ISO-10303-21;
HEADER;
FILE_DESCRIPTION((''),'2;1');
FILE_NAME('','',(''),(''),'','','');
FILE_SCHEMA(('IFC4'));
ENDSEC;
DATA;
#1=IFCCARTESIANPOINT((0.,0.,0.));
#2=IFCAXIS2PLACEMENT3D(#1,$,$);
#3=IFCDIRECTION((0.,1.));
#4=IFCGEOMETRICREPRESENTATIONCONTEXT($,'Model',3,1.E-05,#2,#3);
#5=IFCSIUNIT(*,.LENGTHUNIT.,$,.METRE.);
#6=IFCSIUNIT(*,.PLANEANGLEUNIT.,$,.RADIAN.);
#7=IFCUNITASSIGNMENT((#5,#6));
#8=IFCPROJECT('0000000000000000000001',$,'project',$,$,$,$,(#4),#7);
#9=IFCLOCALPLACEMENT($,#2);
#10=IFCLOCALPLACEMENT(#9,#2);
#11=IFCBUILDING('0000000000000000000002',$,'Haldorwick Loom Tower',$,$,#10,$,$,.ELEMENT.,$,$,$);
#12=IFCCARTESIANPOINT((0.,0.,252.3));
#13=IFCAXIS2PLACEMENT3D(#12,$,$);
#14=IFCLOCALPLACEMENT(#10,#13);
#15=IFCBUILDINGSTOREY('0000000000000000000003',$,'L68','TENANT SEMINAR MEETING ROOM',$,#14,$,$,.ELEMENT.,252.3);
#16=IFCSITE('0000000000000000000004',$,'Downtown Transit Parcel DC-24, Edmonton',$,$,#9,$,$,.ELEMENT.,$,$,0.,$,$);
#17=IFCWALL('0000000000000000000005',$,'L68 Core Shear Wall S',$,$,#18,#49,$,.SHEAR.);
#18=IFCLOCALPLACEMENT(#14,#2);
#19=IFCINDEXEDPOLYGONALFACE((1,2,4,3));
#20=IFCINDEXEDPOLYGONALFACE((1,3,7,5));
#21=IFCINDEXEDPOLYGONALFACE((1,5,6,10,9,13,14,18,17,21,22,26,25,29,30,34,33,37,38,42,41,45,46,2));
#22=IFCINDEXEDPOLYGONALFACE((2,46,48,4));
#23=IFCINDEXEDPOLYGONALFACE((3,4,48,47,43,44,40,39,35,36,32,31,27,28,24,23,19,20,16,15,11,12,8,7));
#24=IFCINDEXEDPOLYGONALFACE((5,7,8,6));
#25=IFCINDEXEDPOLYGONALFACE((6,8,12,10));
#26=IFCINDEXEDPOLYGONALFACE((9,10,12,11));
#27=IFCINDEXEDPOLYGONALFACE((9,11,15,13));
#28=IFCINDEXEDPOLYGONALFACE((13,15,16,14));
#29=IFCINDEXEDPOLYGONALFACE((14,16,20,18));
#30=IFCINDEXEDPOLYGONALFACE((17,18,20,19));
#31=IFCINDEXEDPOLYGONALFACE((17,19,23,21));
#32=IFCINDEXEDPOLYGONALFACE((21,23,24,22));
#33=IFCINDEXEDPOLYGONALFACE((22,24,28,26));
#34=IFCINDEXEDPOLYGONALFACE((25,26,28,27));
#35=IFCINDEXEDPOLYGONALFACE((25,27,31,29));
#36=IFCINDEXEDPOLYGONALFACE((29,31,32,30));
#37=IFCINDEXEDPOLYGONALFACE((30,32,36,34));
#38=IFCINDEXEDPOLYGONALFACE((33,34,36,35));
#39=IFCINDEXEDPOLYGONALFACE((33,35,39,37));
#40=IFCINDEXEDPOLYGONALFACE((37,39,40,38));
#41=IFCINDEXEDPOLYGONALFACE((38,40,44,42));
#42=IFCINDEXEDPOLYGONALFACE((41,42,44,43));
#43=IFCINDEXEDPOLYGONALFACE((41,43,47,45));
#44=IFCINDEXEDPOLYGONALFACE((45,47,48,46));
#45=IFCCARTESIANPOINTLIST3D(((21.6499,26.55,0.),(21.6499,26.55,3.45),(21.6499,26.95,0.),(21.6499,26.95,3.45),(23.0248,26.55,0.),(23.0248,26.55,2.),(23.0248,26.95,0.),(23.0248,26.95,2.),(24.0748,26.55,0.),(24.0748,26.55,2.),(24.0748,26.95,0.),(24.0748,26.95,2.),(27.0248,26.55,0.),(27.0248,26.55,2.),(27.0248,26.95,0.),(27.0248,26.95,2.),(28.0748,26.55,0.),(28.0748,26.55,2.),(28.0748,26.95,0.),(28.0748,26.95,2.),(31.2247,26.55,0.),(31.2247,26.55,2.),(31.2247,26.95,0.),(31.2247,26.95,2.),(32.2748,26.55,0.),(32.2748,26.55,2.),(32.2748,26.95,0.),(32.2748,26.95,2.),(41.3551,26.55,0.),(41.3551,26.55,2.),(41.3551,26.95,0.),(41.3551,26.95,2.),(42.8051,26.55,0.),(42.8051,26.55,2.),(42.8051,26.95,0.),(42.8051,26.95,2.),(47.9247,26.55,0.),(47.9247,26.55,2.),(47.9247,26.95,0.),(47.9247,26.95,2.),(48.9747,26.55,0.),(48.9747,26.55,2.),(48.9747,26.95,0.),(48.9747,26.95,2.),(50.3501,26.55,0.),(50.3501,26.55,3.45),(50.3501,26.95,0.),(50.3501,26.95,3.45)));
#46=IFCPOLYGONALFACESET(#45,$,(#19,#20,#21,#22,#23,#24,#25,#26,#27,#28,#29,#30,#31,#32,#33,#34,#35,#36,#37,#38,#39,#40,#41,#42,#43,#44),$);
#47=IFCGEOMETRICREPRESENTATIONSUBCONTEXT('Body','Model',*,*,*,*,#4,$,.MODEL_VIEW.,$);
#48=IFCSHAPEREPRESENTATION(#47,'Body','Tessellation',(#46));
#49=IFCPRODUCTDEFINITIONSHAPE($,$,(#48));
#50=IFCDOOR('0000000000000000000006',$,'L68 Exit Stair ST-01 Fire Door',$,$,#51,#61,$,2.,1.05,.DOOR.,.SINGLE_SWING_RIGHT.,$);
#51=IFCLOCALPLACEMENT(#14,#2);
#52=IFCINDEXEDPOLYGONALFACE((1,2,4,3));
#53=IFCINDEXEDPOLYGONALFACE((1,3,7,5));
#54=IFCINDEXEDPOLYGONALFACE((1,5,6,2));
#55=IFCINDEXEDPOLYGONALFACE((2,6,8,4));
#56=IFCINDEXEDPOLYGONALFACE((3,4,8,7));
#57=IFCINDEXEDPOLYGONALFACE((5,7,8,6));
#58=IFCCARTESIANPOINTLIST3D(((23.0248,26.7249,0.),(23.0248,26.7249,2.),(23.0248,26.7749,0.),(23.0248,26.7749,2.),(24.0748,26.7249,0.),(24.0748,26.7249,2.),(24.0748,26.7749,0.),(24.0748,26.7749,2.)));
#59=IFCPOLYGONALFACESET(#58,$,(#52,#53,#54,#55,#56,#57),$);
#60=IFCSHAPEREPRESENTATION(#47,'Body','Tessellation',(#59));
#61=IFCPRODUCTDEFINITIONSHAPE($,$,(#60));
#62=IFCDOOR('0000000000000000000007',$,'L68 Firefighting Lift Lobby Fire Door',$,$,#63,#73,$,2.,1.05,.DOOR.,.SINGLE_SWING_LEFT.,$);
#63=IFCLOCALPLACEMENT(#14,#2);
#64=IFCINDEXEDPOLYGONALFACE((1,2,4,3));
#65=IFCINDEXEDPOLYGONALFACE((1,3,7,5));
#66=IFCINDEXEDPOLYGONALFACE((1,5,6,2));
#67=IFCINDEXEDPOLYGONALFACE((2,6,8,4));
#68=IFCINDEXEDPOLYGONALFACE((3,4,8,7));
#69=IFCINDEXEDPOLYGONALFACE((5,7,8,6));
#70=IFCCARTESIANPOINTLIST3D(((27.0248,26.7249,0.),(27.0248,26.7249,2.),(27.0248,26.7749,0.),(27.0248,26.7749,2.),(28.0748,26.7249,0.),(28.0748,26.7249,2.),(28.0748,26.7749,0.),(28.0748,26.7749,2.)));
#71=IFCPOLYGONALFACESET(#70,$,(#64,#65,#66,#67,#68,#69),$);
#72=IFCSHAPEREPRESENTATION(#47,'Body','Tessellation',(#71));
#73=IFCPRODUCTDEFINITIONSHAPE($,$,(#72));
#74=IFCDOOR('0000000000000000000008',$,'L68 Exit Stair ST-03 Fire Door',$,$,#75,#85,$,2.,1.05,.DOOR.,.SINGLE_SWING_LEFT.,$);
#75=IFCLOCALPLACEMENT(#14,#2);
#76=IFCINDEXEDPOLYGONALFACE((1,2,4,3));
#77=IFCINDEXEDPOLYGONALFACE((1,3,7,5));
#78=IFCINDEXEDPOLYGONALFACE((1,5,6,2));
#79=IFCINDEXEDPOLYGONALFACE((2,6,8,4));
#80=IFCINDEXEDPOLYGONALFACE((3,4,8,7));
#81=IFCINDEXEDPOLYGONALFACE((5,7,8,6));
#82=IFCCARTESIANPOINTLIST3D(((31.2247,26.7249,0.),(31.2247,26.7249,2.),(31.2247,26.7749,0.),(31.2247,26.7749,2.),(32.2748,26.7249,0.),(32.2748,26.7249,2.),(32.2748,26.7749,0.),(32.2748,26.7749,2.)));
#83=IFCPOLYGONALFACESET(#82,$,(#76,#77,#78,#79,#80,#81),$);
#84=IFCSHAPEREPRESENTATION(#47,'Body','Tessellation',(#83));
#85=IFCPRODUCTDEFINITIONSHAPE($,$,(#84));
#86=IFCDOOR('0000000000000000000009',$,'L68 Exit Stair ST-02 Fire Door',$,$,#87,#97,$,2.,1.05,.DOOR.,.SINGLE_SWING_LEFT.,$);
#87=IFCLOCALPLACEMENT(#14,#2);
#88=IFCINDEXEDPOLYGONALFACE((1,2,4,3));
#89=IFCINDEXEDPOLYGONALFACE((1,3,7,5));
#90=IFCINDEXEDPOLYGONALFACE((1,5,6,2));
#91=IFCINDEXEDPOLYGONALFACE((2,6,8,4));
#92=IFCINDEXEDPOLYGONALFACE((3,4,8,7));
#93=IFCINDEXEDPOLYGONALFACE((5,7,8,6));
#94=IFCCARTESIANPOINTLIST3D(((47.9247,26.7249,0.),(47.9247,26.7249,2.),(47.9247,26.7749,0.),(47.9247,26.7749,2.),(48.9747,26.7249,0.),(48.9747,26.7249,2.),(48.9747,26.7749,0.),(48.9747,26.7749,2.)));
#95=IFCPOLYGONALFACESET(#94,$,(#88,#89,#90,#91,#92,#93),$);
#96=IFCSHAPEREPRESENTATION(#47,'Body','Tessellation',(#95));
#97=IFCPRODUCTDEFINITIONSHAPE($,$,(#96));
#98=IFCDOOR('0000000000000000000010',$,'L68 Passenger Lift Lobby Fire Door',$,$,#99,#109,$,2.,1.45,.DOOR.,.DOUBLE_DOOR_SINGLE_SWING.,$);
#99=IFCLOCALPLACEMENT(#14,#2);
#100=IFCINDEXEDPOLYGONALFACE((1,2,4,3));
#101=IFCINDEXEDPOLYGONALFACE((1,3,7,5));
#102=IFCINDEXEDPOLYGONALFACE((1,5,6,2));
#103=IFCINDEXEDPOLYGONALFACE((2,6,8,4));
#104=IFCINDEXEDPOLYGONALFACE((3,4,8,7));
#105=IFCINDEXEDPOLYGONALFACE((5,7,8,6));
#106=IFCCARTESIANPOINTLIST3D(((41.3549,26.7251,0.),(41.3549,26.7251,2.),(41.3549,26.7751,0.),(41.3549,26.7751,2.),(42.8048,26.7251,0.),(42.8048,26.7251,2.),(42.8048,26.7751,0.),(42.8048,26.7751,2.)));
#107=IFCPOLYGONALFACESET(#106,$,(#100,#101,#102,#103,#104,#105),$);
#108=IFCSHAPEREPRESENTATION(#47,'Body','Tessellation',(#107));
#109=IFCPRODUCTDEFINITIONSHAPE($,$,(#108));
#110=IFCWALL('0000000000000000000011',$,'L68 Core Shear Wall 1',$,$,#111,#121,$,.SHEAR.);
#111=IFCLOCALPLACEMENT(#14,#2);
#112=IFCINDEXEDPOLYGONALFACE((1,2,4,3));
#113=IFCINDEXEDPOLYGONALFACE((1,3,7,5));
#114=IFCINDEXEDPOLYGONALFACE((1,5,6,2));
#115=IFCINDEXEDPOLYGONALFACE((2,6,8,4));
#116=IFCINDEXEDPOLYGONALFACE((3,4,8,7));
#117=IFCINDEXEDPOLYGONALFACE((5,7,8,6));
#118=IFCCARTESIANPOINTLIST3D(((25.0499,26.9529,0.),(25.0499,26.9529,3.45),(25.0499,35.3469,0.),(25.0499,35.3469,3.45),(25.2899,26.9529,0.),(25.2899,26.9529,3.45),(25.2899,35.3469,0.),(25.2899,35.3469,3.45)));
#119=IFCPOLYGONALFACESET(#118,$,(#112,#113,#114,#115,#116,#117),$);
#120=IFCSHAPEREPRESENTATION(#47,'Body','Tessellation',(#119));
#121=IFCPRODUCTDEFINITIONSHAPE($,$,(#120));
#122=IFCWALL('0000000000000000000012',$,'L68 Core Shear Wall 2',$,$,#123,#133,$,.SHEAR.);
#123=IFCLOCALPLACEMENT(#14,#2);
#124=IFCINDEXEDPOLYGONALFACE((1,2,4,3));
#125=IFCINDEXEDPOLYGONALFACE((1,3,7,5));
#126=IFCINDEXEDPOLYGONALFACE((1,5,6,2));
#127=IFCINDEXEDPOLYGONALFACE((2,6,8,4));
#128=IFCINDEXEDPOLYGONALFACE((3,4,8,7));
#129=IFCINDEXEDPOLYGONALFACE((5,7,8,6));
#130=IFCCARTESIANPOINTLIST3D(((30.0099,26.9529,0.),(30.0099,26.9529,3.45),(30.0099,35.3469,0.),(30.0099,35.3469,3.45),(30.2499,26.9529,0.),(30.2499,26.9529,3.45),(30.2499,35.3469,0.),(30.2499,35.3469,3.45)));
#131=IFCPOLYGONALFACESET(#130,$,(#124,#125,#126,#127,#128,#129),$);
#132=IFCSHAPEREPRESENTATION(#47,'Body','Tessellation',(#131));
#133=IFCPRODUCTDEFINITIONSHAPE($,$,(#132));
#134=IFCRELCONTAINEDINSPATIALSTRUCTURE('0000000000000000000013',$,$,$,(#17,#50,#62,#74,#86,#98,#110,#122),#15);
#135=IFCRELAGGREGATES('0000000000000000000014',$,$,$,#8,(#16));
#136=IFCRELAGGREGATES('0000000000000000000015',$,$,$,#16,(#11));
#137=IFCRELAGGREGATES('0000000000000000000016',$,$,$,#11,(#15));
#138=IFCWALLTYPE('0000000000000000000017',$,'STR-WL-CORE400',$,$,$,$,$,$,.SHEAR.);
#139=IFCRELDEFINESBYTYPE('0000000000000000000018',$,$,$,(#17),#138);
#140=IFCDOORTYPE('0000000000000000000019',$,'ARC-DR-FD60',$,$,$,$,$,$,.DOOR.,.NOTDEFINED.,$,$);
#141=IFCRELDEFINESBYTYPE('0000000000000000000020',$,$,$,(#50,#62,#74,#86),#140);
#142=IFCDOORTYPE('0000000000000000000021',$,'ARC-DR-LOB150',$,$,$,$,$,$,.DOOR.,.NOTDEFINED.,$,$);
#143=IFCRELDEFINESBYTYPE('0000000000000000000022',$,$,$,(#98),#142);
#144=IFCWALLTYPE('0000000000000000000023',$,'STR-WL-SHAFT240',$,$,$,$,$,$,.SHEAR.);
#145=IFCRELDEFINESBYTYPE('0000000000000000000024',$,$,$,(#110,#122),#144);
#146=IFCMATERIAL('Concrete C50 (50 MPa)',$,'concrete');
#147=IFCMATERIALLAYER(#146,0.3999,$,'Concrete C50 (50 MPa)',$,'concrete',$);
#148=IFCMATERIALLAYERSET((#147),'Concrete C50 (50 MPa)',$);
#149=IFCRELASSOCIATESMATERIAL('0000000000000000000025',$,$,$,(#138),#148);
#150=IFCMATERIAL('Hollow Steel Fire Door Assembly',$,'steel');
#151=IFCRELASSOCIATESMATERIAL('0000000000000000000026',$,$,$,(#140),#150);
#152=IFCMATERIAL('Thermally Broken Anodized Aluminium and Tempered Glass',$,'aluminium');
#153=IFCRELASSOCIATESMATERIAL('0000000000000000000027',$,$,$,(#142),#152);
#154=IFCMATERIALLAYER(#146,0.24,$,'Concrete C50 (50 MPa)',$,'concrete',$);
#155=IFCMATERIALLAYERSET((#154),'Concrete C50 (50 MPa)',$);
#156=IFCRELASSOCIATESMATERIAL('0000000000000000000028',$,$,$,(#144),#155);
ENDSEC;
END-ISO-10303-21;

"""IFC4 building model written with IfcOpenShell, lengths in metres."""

from ifc_helpers import new_model, si_unit, direction, frame, frame_2d, origin, place, context, subcontext, project, spatial, rectangle, extrude, material, layer, layer_set, type_object, element, fill, save


model = new_model("IFC4")

# Units and contexts
model_context = context("Model", 3, precision=1e-05, world=origin(), true_north=direction((0.0, 1.0)))
body_context = subcontext(model_context, "Body", "Model", "MODEL_VIEW")
ifc_project = project(units=[si_unit("LENGTHUNIT", "METRE"), si_unit("PLANEANGLEUNIT", "RADIAN")], contexts=[model_context])

# Site, building, storey
site_placement = place(None, origin())
site = spatial("IfcSite", under=ifc_project, at=site_placement, Name="Downtown Transit Parcel DC-24, Edmonton", CompositionType="ELEMENT", RefElevation=0.0)
building_placement = place(site_placement, origin())
building = spatial("IfcBuilding", under=site, at=building_placement, Name="Haldorwick Loom Tower", CompositionType="ELEMENT")
storey_placement = place(building_placement, frame((0.0, 0.0, 252.3)))
storey = spatial("IfcBuildingStorey", under=building, at=storey_placement, Name="L68", Description="TENANT SEMINAR MEETING ROOM", CompositionType="ELEMENT", Elevation=252.3)

# Shared definitions
ifc_material_1 = material(Name="Concrete C50 (50 MPa)", Category="concrete")

# Shared definitions
ifc_material_2 = material(Name="Hollow Steel Fire Door Assembly", Category="steel")

# Wall, openings, doors
ifc_layer_1 = layer(ifc_material_1, 0.3999, Name="Concrete C50 (50 MPa)", Category="concrete")
ifc_layer_set_1 = layer_set([ifc_layer_1], Name="Concrete C50 (50 MPa)")
wall_type_1 = type_object("IfcWallType", Name="STR-WL-CORE400", PredefinedType="SHEAR", material=ifc_layer_set_1)
wall_1_placement = place(storey_placement, frame((21.6499, 26.75, 0.0), z_axis=(0.0, 0.0, 1.0), x_axis=(1.0, 0.0, 0.0)))
wall_1 = element("IfcWall", 1, at=wall_1_placement, inside=storey, type_object=wall_type_1, Name="L68 Core Shear Wall S", PredefinedType="SHEAR", context=body_context, shape_type="SweptSolid", body=[
    extrude(rectangle(XDim=28.7002, YDim=0.3999, at=frame_2d((14.3501, 0.0))), origin(), (0.0, 0.0, 1.0), 3.45),
])
opening_1_placement = place(wall_1_placement, frame((1.375, 0.0, 0.0)))
opening_1 = element("IfcOpeningElement", 2, at=opening_1_placement, cuts=wall_1, PredefinedType="OPENING", context=body_context, shape_type="SweptSolid", body=[
    extrude(rectangle(XDim=1.05, YDim=2.0, at=frame_2d((0.5249, 1.0))), frame((0.0, 0.21, 0.0), z_axis=(0.0, -1.0, 0.0), x_axis=(1.0, 0.0, 0.0)), (0.0, 0.0, 1.0), 0.4199),
])
opening_2_placement = place(wall_1_placement, frame((5.375, 0.0, 0.0)))
opening_2 = element("IfcOpeningElement", 3, at=opening_2_placement, cuts=wall_1, PredefinedType="OPENING", context=body_context, shape_type="SweptSolid", body=[
    extrude(rectangle(XDim=1.05, YDim=2.0, at=frame_2d((0.5249, 1.0))), frame((0.0, 0.21, 0.0), z_axis=(0.0, -1.0, 0.0), x_axis=(1.0, 0.0, 0.0)), (0.0, 0.0, 1.0), 0.4199),
])
opening_3_placement = place(wall_1_placement, frame((9.575, 0.0, 0.0)))
opening_3 = element("IfcOpeningElement", 4, at=opening_3_placement, cuts=wall_1, PredefinedType="OPENING", context=body_context, shape_type="SweptSolid", body=[
    extrude(rectangle(XDim=1.05, YDim=2.0, at=frame_2d((0.5249, 1.0))), frame((0.0, 0.21, 0.0), z_axis=(0.0, -1.0, 0.0), x_axis=(1.0, 0.0, 0.0)), (0.0, 0.0, 1.0), 0.4199),
])
opening_4_placement = place(wall_1_placement, frame((19.7051, 0.0, 0.0)))
opening_4 = element("IfcOpeningElement", 5, at=opening_4_placement, cuts=wall_1, PredefinedType="OPENING", context=body_context, shape_type="SweptSolid", body=[
    extrude(rectangle(XDim=1.45, YDim=2.0, at=frame_2d((0.7251, 1.0))), frame((0.0, 0.21, 0.0), z_axis=(0.0, -1.0, 0.0), x_axis=(1.0, 0.0, 0.0)), (0.0, 0.0, 1.0), 0.4199),
])
opening_5_placement = place(wall_1_placement, frame((26.2749, 0.0, 0.0)))
opening_5 = element("IfcOpeningElement", 6, at=opening_5_placement, cuts=wall_1, PredefinedType="OPENING", context=body_context, shape_type="SweptSolid", body=[
    extrude(rectangle(XDim=1.05, YDim=2.0, at=frame_2d((0.5249, 1.0))), frame((0.0, 0.21, 0.0), z_axis=(0.0, -1.0, 0.0), x_axis=(1.0, 0.0, 0.0)), (0.0, 0.0, 1.0), 0.4199),
])
door_type_1 = type_object("IfcDoorType", Name="ARC-DR-FD60", OperationType="NOTDEFINED", PredefinedType="DOOR", material=ifc_material_2)
door_1_placement = place(opening_1_placement, origin())
door_1 = element("IfcDoor", 7, at=door_1_placement, inside=storey, type_object=door_type_1, Name="L68 Exit Stair ST-01 Fire Door", OperationType="SINGLE_SWING_RIGHT", OverallHeight=2.0, OverallWidth=1.05, PredefinedType="DOOR", context=body_context, shape_type="SweptSolid", body=[
    extrude(rectangle(XDim=1.05, YDim=2.0, at=frame_2d((0.5249, 1.0))), frame((0.0, 0.0249, 0.0), z_axis=(0.0, -1.0, 0.0), x_axis=(1.0, 0.0, 0.0)), (0.0, 0.0, 1.0), 0.05),
])
fill(opening_1, door_1)
door_2_placement = place(opening_2_placement, origin())
door_2 = element("IfcDoor", 8, at=door_2_placement, inside=storey, type_object=door_type_1, Name="L68 Firefighting Lift Lobby Fire Door", OperationType="SINGLE_SWING_LEFT", OverallHeight=2.0, OverallWidth=1.05, PredefinedType="DOOR", context=body_context, shape_type="SweptSolid", body=[
    extrude(rectangle(XDim=1.05, YDim=2.0, at=frame_2d((0.5249, 1.0))), frame((0.0, 0.0249, 0.0), z_axis=(0.0, -1.0, 0.0), x_axis=(1.0, 0.0, 0.0)), (0.0, 0.0, 1.0), 0.05),
])
fill(opening_2, door_2)
door_3_placement = place(opening_3_placement, origin())
door_3 = element("IfcDoor", 9, at=door_3_placement, inside=storey, type_object=door_type_1, Name="L68 Exit Stair ST-03 Fire Door", OperationType="SINGLE_SWING_LEFT", OverallHeight=2.0, OverallWidth=1.05, PredefinedType="DOOR", context=body_context, shape_type="SweptSolid", body=[
    extrude(rectangle(XDim=1.05, YDim=2.0, at=frame_2d((0.5249, 1.0))), frame((0.0, 0.0249, 0.0), z_axis=(0.0, -1.0, 0.0), x_axis=(1.0, 0.0, 0.0)), (0.0, 0.0, 1.0), 0.05),
])
fill(opening_3, door_3)
door_4_placement = place(opening_5_placement, origin())
door_4 = element("IfcDoor", 10, at=door_4_placement, inside=storey, type_object=door_type_1, Name="L68 Exit Stair ST-02 Fire Door", OperationType="SINGLE_SWING_LEFT", OverallHeight=2.0, OverallWidth=1.05, PredefinedType="DOOR", context=body_context, shape_type="SweptSolid", body=[
    extrude(rectangle(XDim=1.05, YDim=2.0, at=frame_2d((0.5249, 1.0))), frame((0.0, 0.0249, 0.0), z_axis=(0.0, -1.0, 0.0), x_axis=(1.0, 0.0, 0.0)), (0.0, 0.0, 1.0), 0.05),
])
fill(opening_5, door_4)
ifc_material_3 = material(Name="Thermally Broken Anodized Aluminium and Tempered Glass", Category="aluminium")
door_type_2 = type_object("IfcDoorType", Name="ARC-DR-LOB150", OperationType="NOTDEFINED", PredefinedType="DOOR", material=ifc_material_3)
door_5_placement = place(opening_4_placement, frame((1.45, 0.0, 0.0), z_axis=(0.0, 0.0, 1.0), x_axis=(-1.0, 0.0, 0.0)))
door_5 = element("IfcDoor", 11, at=door_5_placement, inside=storey, type_object=door_type_2, Name="L68 Passenger Lift Lobby Fire Door", OperationType="DOUBLE_DOOR_SINGLE_SWING", OverallHeight=2.0, OverallWidth=1.45, PredefinedType="DOOR", context=body_context, shape_type="SweptSolid", body=[
    extrude(rectangle(XDim=1.45, YDim=2.0, at=frame_2d((0.7251, 1.0))), frame((0.0, 0.0249, 0.0), z_axis=(0.0, -1.0, 0.0), x_axis=(1.0, 0.0, 0.0)), (0.0, 0.0, 1.0), 0.05),
])
fill(opening_4, door_5)

# Walls
ifc_layer_2 = layer(ifc_material_1, 0.24, Name="Concrete C50 (50 MPa)", Category="concrete")
ifc_layer_set_2 = layer_set([ifc_layer_2], Name="Concrete C50 (50 MPa)")
wall_type_2 = type_object("IfcWallType", Name="STR-WL-SHAFT240", PredefinedType="SHEAR", material=ifc_layer_set_2)
for number, where, z_axis, x_axis, name in (
    (12, (25.1699, 26.9529, 0.0), (0.0, 0.0, 1.0), (0.0, 1.0, 0.0), "L68 Core Shear Wall 1"),
    (13, (30.1299, 26.9529, 0.0), (0.0, 0.0, 1.0), (0.0, 1.0, 0.0), "L68 Core Shear Wall 2"),
):
    element("IfcWall", number, at=place(storey_placement, frame(where, z_axis=z_axis, x_axis=x_axis)), inside=storey, type_object=wall_type_2, Name=name, PredefinedType="SHEAR", context=body_context, shape_type="SweptSolid", body=[
        extrude(rectangle(XDim=8.394, YDim=0.24, at=frame_2d((4.197, 0.0))), origin(), (0.0, 0.0, 1.0), 3.45),
    ])

save(model, "model.ifc")
